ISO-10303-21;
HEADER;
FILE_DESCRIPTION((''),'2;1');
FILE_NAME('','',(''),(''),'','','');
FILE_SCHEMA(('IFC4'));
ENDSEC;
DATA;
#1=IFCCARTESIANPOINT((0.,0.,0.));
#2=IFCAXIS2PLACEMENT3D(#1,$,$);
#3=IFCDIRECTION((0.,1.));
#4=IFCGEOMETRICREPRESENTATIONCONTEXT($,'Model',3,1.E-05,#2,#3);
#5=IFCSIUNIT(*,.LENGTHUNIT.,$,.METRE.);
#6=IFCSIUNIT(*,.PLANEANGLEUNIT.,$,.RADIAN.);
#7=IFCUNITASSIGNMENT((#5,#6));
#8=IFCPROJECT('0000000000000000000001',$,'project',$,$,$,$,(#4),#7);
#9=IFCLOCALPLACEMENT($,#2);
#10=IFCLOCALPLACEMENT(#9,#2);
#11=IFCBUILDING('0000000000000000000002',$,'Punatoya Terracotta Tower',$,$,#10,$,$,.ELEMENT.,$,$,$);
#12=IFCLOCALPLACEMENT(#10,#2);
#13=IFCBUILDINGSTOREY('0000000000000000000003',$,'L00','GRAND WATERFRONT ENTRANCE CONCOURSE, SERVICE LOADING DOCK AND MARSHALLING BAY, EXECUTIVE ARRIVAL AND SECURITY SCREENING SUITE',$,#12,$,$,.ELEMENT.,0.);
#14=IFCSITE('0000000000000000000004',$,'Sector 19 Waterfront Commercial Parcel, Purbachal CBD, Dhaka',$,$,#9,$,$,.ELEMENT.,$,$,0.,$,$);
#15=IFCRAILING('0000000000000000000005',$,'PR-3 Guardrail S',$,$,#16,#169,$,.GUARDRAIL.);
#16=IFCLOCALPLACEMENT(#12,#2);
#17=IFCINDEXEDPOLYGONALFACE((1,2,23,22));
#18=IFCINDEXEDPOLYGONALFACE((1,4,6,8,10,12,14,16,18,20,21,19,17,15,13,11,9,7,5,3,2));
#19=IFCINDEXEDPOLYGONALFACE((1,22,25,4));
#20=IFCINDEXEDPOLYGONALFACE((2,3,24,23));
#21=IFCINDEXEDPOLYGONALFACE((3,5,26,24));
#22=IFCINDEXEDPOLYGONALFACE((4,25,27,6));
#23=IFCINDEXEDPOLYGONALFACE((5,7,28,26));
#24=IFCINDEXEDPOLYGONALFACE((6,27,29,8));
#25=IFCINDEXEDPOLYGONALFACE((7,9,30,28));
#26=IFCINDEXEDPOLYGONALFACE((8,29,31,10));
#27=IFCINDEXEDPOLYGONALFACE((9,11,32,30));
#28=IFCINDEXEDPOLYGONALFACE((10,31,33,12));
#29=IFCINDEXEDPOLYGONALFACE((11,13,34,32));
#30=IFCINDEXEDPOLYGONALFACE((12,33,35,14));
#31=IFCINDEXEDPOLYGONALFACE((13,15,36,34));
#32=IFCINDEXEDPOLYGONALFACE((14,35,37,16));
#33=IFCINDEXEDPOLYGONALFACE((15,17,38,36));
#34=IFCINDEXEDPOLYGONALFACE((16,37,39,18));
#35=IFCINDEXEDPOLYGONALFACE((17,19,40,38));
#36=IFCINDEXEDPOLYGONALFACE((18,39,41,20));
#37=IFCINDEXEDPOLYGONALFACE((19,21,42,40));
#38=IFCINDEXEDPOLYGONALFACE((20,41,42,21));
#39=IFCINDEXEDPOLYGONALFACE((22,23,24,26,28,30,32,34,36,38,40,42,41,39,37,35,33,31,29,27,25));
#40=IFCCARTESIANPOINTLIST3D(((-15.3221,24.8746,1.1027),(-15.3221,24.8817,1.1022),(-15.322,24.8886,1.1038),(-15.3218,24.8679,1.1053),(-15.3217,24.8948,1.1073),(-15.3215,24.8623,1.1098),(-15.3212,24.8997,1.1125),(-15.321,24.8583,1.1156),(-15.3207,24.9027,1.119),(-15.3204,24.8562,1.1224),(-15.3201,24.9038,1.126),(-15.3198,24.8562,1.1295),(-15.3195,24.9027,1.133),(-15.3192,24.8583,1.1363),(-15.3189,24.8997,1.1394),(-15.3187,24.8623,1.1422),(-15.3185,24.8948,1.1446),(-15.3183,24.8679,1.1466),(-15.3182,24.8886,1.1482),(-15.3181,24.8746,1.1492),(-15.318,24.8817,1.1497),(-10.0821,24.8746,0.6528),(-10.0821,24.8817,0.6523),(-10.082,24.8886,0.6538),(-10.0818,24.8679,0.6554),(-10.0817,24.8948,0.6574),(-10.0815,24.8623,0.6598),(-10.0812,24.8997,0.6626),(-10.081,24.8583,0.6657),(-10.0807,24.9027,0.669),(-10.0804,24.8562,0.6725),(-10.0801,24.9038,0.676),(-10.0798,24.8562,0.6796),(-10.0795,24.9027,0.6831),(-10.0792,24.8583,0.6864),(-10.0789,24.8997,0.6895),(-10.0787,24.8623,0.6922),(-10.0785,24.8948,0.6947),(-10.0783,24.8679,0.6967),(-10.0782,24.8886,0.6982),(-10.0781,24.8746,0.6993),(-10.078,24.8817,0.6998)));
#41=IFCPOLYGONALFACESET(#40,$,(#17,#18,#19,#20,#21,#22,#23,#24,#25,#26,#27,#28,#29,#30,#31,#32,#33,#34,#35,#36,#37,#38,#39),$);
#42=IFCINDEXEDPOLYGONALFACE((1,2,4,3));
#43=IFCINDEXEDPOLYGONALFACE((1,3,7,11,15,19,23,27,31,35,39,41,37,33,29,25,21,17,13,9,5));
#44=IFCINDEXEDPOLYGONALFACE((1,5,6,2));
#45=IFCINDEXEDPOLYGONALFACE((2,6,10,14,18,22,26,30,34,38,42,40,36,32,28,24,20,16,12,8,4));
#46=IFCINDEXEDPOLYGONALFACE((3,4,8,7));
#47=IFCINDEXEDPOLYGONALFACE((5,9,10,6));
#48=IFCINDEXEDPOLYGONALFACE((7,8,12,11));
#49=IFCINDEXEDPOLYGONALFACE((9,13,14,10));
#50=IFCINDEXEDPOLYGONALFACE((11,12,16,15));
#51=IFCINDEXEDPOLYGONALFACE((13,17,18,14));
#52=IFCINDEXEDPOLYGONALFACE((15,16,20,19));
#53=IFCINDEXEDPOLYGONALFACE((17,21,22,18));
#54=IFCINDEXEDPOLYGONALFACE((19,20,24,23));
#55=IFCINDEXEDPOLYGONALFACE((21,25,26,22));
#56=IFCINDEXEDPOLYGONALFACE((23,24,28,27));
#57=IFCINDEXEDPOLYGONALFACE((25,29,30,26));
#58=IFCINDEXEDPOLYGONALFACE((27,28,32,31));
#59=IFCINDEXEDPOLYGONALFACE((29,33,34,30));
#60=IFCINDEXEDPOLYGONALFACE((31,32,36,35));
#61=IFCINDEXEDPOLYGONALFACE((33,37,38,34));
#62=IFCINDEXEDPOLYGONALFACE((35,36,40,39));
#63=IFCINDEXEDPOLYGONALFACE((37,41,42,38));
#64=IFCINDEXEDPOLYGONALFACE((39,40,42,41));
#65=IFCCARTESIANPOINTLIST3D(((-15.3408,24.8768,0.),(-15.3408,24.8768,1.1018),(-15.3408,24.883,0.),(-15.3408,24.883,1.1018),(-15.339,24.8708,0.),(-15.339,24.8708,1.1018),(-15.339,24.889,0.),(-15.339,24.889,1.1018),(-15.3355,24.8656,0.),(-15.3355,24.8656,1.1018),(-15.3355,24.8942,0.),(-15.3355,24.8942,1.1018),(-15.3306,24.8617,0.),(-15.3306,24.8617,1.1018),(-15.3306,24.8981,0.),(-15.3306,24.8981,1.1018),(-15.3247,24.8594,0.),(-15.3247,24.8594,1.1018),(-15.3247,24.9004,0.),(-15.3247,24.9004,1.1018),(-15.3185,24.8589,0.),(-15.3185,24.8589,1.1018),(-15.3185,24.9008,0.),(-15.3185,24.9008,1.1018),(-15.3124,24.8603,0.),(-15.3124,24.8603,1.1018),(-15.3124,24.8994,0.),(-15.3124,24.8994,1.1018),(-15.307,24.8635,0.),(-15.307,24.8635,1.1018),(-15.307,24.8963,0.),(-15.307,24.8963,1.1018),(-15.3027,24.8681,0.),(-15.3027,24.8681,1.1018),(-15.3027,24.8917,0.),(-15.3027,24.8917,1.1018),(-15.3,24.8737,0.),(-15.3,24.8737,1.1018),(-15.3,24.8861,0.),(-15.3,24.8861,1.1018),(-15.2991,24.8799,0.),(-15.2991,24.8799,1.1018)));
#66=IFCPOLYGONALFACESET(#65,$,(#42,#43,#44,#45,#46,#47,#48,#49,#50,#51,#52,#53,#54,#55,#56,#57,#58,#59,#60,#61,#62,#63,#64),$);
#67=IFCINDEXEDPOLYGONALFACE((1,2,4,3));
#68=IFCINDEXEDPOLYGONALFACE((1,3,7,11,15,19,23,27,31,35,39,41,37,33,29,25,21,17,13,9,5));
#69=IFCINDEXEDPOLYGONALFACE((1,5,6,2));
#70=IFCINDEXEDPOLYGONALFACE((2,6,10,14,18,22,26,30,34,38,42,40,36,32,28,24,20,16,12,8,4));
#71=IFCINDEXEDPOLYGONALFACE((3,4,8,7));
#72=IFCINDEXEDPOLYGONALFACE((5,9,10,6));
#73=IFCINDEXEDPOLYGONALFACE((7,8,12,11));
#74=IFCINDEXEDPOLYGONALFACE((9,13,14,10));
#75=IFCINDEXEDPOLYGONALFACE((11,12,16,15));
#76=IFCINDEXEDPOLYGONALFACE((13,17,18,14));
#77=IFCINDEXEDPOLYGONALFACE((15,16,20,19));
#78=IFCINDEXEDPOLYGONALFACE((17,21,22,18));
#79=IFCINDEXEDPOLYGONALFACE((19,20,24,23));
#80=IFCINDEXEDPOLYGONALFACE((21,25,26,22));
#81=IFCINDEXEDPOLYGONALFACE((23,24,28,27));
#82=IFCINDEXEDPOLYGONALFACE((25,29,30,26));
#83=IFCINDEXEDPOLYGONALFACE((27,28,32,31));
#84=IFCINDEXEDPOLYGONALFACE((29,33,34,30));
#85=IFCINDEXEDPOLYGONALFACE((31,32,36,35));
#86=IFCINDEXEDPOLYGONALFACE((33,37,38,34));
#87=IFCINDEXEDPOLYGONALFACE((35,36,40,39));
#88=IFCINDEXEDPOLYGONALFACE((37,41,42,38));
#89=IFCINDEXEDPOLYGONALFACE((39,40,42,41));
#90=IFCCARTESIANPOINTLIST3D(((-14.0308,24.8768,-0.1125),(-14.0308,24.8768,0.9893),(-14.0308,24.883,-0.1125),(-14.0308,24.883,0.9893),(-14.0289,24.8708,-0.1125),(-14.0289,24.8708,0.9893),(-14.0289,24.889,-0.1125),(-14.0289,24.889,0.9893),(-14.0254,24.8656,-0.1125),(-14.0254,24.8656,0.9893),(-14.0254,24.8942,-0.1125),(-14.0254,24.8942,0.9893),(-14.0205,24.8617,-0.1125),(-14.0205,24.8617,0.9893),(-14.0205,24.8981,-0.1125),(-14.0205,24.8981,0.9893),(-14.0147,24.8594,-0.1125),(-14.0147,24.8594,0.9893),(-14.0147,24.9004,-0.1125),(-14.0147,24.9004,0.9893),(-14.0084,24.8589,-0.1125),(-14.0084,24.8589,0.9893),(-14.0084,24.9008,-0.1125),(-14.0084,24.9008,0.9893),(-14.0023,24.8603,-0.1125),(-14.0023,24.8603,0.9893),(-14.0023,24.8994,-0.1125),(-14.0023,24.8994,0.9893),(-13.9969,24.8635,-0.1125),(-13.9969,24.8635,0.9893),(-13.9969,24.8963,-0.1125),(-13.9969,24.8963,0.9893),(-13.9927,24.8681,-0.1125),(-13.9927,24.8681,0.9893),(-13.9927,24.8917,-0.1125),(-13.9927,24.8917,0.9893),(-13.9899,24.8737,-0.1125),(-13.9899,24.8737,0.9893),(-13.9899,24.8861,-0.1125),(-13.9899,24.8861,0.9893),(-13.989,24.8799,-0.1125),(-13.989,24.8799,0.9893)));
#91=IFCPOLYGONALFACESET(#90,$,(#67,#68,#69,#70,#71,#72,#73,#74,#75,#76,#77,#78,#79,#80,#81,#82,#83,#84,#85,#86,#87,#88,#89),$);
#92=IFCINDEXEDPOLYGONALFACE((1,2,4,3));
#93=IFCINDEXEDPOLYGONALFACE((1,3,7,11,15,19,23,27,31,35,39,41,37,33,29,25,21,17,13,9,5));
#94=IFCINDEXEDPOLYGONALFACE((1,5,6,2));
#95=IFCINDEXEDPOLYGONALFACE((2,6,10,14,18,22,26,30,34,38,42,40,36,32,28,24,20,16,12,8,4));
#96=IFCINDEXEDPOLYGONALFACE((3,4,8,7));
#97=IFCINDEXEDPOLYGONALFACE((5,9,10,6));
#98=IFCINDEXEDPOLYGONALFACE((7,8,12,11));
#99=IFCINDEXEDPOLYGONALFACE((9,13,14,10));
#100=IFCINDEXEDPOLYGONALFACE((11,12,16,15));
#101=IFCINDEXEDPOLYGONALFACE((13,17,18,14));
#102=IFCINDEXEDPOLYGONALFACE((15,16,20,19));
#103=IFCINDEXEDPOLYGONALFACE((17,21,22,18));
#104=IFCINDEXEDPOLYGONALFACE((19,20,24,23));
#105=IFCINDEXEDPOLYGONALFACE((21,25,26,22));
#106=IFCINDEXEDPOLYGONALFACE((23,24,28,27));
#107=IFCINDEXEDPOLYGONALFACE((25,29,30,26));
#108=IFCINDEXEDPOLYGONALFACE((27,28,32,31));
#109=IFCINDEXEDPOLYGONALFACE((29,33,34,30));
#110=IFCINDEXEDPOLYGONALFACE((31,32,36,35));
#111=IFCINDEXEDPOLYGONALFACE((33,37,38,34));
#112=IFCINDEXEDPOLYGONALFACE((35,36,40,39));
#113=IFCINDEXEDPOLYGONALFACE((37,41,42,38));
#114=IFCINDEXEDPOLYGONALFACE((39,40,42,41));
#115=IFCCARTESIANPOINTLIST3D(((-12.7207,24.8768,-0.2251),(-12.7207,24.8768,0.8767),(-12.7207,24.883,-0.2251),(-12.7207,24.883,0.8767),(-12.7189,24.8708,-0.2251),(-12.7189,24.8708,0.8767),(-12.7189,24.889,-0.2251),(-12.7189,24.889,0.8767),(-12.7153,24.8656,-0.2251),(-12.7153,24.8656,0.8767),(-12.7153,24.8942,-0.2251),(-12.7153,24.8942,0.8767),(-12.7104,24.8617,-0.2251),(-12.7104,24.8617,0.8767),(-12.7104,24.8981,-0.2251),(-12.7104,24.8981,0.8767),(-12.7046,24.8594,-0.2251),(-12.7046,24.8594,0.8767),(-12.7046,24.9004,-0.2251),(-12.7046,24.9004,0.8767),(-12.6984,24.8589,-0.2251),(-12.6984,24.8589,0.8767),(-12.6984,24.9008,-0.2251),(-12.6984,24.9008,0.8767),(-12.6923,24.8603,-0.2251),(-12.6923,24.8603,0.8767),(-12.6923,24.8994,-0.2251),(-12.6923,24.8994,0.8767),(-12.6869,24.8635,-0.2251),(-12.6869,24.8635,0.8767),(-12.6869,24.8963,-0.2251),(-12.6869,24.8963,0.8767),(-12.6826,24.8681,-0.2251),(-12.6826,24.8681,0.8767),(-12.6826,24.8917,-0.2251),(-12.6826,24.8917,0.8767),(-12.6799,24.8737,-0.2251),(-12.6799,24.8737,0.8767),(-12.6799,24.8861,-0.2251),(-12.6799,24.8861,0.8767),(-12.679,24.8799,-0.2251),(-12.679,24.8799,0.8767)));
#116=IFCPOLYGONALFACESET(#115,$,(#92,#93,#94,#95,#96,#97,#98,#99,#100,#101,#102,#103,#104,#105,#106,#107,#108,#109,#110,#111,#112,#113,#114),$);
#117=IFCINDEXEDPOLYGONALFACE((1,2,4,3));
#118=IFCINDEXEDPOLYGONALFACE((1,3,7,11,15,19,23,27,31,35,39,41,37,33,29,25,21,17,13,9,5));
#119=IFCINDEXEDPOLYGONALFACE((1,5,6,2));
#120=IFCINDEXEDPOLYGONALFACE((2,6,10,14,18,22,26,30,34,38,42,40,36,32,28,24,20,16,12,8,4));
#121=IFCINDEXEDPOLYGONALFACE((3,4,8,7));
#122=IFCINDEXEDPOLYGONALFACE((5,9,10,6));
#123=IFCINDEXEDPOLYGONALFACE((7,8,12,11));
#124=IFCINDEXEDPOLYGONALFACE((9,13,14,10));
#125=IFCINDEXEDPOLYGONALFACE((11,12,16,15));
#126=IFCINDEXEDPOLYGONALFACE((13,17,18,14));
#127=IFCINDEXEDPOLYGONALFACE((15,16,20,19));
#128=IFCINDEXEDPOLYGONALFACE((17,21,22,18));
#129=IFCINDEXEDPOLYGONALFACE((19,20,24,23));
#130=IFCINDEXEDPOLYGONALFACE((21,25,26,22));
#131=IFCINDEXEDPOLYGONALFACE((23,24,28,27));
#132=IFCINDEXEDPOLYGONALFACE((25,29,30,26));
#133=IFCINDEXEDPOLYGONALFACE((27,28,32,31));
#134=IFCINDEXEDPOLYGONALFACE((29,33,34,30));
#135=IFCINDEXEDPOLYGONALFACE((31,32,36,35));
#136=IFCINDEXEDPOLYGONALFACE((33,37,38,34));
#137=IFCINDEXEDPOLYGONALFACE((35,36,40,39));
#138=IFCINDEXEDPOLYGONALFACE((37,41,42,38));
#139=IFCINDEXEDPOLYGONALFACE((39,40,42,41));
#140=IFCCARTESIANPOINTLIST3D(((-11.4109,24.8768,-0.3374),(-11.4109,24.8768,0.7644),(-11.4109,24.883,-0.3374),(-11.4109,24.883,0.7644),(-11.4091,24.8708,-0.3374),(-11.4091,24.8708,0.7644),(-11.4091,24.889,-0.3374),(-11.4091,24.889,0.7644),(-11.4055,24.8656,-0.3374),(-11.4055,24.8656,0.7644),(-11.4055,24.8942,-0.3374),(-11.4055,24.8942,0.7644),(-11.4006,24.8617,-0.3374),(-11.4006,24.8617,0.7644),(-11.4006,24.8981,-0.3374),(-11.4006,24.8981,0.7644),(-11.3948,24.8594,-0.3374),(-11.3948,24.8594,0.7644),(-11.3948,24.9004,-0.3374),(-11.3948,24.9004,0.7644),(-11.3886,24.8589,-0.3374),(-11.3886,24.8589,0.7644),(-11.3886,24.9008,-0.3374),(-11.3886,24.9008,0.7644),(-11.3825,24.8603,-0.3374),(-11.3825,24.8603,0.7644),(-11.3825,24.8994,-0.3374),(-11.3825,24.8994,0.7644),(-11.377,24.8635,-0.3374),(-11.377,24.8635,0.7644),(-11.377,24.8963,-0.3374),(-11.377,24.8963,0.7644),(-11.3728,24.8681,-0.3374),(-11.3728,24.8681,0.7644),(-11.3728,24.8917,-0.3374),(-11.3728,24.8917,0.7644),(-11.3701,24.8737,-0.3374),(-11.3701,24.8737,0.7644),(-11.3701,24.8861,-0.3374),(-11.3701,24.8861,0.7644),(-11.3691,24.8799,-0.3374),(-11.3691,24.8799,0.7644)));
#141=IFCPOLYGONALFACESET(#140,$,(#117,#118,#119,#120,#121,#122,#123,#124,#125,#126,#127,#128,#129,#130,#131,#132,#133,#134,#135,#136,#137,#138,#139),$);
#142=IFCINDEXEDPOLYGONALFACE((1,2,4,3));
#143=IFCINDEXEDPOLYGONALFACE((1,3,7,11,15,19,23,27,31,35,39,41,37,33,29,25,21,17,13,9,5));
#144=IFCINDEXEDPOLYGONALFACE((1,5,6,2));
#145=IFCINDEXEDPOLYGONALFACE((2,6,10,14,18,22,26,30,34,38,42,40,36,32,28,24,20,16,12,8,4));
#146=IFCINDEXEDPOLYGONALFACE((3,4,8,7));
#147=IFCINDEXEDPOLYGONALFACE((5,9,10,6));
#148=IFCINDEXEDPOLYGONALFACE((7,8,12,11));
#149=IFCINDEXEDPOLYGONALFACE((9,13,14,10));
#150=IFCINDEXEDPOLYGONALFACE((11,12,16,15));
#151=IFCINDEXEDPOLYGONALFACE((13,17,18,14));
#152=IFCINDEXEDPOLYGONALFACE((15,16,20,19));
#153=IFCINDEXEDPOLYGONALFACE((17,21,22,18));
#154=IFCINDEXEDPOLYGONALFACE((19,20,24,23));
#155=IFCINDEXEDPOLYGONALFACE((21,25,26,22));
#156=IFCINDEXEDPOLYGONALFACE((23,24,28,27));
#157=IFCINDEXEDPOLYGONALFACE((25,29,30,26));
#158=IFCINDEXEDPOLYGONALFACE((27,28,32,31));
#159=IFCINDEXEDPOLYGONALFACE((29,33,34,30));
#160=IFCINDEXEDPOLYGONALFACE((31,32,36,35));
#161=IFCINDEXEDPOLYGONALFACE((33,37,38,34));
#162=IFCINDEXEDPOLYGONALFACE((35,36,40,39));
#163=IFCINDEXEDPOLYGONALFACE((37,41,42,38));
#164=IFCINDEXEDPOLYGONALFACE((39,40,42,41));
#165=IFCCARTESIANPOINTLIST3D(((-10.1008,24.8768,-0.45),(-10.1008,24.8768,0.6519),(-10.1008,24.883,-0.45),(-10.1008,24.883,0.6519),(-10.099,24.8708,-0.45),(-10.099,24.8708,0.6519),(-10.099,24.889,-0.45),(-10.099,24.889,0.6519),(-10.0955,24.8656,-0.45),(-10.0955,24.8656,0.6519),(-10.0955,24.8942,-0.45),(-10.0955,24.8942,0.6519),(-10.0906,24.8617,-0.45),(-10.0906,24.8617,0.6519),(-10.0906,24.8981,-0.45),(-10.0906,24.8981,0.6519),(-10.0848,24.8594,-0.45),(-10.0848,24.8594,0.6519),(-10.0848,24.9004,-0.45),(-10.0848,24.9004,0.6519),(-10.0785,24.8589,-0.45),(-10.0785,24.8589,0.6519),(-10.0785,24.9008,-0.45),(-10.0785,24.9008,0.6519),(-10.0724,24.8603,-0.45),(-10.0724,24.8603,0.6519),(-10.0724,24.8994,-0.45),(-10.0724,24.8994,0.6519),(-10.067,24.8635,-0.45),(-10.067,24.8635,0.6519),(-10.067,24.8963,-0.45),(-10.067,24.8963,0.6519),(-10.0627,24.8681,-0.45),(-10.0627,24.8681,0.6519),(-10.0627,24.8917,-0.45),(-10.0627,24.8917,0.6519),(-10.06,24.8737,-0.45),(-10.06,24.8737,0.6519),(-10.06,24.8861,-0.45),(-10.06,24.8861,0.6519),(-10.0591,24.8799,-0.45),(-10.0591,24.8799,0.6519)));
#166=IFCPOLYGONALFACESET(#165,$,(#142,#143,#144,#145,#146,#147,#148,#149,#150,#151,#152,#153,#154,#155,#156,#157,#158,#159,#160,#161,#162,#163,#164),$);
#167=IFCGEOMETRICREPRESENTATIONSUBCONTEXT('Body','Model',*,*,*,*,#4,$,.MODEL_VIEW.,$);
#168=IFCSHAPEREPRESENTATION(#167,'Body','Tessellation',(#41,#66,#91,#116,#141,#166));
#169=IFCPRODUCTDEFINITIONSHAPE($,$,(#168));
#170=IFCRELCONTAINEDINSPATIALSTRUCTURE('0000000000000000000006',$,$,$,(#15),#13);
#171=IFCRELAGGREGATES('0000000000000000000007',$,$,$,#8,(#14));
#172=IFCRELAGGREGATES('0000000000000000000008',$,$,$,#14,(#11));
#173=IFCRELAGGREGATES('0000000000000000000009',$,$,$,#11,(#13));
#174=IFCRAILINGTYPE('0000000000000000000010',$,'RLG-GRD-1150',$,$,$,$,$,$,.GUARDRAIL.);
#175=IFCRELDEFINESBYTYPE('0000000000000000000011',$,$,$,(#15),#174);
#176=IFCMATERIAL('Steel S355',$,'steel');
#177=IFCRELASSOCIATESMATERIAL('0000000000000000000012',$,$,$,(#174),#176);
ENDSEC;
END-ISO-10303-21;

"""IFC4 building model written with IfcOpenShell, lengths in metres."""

from ifc_helpers import new_model, si_unit, direction, frame, origin, origin_2d, place, context, subcontext, project, spatial, circle, extrude, material, type_object, element, save


model = new_model("IFC4")

# Units and contexts
model_context = context("Model", 3, precision=1e-05, world=origin(), true_north=direction((0.0, 1.0)))
body_context = subcontext(model_context, "Body", "Model", "MODEL_VIEW")
ifc_project = project(units=[si_unit("LENGTHUNIT", "METRE"), si_unit("PLANEANGLEUNIT", "RADIAN")], contexts=[model_context])

# Site, building, storey
site_placement = place(None, origin())
site = spatial("IfcSite", under=ifc_project, at=site_placement, Name="Sector 19 Waterfront Commercial Parcel, Purbachal CBD, Dhaka", CompositionType="ELEMENT", RefElevation=0.0)
building_placement = place(site_placement, origin())
building = spatial("IfcBuilding", under=site, at=building_placement, Name="Punatoya Terracotta Tower", CompositionType="ELEMENT")
storey_placement = place(building_placement, origin())
storey = spatial("IfcBuildingStorey", under=building, at=storey_placement, Name="L00", Description="GRAND WATERFRONT ENTRANCE CONCOURSE, SERVICE LOADING DOCK AND MARSHALLING BAY, EXECUTIVE ARRIVAL AND SECURITY SCREENING SUITE", CompositionType="ELEMENT", Elevation=0.0)

# Shared definitions
ifc_material_1 = material(Name="Steel S355", Category="steel")

# Railing
railing_type_1 = type_object("IfcRailingType", Name="RLG-GRD-1150", PredefinedType="GUARDRAIL", material=ifc_material_1)
for number, where, name in (
    (1, (-15.3201, 24.8799, 0.0), "PR-3 Guardrail S"),
):
    element("IfcRailing", number, at=place(storey_placement, frame(where)), inside=storey, type_object=railing_type_1, Name=name, PredefinedType="GUARDRAIL", context=body_context, shape_type="SweptSolid", body=[
        extrude(circle(Radius=0.0239, at=origin_2d()), frame((0.0, 0.0, 1.126), z_axis=(0.996334, 0.0, -0.085554), x_axis=(0.0, 1.0, 0.0)), (0.0, 0.0, 1.0), 5.2593),
        extrude(circle(Radius=0.021, at=origin_2d()), origin(), (0.0, 0.0, 1.0), 1.1018),
        extrude(circle(Radius=0.021, at=origin_2d()), frame((1.3101, 0.0, -0.1125)), (0.0, 0.0, 1.0), 1.1018),
        extrude(circle(Radius=0.021, at=origin_2d()), frame((2.6201, 0.0, -0.2251)), (0.0, 0.0, 1.0), 1.1018),
        extrude(circle(Radius=0.021, at=origin_2d()), frame((3.9299, 0.0, -0.3374)), (0.0, 0.0, 1.0), 1.1018),
        extrude(circle(Radius=0.021, at=origin_2d()), frame((5.24, 0.0, -0.45)), (0.0, 0.0, 1.0), 1.1018),
    ])

save(model, "model.ifc")
